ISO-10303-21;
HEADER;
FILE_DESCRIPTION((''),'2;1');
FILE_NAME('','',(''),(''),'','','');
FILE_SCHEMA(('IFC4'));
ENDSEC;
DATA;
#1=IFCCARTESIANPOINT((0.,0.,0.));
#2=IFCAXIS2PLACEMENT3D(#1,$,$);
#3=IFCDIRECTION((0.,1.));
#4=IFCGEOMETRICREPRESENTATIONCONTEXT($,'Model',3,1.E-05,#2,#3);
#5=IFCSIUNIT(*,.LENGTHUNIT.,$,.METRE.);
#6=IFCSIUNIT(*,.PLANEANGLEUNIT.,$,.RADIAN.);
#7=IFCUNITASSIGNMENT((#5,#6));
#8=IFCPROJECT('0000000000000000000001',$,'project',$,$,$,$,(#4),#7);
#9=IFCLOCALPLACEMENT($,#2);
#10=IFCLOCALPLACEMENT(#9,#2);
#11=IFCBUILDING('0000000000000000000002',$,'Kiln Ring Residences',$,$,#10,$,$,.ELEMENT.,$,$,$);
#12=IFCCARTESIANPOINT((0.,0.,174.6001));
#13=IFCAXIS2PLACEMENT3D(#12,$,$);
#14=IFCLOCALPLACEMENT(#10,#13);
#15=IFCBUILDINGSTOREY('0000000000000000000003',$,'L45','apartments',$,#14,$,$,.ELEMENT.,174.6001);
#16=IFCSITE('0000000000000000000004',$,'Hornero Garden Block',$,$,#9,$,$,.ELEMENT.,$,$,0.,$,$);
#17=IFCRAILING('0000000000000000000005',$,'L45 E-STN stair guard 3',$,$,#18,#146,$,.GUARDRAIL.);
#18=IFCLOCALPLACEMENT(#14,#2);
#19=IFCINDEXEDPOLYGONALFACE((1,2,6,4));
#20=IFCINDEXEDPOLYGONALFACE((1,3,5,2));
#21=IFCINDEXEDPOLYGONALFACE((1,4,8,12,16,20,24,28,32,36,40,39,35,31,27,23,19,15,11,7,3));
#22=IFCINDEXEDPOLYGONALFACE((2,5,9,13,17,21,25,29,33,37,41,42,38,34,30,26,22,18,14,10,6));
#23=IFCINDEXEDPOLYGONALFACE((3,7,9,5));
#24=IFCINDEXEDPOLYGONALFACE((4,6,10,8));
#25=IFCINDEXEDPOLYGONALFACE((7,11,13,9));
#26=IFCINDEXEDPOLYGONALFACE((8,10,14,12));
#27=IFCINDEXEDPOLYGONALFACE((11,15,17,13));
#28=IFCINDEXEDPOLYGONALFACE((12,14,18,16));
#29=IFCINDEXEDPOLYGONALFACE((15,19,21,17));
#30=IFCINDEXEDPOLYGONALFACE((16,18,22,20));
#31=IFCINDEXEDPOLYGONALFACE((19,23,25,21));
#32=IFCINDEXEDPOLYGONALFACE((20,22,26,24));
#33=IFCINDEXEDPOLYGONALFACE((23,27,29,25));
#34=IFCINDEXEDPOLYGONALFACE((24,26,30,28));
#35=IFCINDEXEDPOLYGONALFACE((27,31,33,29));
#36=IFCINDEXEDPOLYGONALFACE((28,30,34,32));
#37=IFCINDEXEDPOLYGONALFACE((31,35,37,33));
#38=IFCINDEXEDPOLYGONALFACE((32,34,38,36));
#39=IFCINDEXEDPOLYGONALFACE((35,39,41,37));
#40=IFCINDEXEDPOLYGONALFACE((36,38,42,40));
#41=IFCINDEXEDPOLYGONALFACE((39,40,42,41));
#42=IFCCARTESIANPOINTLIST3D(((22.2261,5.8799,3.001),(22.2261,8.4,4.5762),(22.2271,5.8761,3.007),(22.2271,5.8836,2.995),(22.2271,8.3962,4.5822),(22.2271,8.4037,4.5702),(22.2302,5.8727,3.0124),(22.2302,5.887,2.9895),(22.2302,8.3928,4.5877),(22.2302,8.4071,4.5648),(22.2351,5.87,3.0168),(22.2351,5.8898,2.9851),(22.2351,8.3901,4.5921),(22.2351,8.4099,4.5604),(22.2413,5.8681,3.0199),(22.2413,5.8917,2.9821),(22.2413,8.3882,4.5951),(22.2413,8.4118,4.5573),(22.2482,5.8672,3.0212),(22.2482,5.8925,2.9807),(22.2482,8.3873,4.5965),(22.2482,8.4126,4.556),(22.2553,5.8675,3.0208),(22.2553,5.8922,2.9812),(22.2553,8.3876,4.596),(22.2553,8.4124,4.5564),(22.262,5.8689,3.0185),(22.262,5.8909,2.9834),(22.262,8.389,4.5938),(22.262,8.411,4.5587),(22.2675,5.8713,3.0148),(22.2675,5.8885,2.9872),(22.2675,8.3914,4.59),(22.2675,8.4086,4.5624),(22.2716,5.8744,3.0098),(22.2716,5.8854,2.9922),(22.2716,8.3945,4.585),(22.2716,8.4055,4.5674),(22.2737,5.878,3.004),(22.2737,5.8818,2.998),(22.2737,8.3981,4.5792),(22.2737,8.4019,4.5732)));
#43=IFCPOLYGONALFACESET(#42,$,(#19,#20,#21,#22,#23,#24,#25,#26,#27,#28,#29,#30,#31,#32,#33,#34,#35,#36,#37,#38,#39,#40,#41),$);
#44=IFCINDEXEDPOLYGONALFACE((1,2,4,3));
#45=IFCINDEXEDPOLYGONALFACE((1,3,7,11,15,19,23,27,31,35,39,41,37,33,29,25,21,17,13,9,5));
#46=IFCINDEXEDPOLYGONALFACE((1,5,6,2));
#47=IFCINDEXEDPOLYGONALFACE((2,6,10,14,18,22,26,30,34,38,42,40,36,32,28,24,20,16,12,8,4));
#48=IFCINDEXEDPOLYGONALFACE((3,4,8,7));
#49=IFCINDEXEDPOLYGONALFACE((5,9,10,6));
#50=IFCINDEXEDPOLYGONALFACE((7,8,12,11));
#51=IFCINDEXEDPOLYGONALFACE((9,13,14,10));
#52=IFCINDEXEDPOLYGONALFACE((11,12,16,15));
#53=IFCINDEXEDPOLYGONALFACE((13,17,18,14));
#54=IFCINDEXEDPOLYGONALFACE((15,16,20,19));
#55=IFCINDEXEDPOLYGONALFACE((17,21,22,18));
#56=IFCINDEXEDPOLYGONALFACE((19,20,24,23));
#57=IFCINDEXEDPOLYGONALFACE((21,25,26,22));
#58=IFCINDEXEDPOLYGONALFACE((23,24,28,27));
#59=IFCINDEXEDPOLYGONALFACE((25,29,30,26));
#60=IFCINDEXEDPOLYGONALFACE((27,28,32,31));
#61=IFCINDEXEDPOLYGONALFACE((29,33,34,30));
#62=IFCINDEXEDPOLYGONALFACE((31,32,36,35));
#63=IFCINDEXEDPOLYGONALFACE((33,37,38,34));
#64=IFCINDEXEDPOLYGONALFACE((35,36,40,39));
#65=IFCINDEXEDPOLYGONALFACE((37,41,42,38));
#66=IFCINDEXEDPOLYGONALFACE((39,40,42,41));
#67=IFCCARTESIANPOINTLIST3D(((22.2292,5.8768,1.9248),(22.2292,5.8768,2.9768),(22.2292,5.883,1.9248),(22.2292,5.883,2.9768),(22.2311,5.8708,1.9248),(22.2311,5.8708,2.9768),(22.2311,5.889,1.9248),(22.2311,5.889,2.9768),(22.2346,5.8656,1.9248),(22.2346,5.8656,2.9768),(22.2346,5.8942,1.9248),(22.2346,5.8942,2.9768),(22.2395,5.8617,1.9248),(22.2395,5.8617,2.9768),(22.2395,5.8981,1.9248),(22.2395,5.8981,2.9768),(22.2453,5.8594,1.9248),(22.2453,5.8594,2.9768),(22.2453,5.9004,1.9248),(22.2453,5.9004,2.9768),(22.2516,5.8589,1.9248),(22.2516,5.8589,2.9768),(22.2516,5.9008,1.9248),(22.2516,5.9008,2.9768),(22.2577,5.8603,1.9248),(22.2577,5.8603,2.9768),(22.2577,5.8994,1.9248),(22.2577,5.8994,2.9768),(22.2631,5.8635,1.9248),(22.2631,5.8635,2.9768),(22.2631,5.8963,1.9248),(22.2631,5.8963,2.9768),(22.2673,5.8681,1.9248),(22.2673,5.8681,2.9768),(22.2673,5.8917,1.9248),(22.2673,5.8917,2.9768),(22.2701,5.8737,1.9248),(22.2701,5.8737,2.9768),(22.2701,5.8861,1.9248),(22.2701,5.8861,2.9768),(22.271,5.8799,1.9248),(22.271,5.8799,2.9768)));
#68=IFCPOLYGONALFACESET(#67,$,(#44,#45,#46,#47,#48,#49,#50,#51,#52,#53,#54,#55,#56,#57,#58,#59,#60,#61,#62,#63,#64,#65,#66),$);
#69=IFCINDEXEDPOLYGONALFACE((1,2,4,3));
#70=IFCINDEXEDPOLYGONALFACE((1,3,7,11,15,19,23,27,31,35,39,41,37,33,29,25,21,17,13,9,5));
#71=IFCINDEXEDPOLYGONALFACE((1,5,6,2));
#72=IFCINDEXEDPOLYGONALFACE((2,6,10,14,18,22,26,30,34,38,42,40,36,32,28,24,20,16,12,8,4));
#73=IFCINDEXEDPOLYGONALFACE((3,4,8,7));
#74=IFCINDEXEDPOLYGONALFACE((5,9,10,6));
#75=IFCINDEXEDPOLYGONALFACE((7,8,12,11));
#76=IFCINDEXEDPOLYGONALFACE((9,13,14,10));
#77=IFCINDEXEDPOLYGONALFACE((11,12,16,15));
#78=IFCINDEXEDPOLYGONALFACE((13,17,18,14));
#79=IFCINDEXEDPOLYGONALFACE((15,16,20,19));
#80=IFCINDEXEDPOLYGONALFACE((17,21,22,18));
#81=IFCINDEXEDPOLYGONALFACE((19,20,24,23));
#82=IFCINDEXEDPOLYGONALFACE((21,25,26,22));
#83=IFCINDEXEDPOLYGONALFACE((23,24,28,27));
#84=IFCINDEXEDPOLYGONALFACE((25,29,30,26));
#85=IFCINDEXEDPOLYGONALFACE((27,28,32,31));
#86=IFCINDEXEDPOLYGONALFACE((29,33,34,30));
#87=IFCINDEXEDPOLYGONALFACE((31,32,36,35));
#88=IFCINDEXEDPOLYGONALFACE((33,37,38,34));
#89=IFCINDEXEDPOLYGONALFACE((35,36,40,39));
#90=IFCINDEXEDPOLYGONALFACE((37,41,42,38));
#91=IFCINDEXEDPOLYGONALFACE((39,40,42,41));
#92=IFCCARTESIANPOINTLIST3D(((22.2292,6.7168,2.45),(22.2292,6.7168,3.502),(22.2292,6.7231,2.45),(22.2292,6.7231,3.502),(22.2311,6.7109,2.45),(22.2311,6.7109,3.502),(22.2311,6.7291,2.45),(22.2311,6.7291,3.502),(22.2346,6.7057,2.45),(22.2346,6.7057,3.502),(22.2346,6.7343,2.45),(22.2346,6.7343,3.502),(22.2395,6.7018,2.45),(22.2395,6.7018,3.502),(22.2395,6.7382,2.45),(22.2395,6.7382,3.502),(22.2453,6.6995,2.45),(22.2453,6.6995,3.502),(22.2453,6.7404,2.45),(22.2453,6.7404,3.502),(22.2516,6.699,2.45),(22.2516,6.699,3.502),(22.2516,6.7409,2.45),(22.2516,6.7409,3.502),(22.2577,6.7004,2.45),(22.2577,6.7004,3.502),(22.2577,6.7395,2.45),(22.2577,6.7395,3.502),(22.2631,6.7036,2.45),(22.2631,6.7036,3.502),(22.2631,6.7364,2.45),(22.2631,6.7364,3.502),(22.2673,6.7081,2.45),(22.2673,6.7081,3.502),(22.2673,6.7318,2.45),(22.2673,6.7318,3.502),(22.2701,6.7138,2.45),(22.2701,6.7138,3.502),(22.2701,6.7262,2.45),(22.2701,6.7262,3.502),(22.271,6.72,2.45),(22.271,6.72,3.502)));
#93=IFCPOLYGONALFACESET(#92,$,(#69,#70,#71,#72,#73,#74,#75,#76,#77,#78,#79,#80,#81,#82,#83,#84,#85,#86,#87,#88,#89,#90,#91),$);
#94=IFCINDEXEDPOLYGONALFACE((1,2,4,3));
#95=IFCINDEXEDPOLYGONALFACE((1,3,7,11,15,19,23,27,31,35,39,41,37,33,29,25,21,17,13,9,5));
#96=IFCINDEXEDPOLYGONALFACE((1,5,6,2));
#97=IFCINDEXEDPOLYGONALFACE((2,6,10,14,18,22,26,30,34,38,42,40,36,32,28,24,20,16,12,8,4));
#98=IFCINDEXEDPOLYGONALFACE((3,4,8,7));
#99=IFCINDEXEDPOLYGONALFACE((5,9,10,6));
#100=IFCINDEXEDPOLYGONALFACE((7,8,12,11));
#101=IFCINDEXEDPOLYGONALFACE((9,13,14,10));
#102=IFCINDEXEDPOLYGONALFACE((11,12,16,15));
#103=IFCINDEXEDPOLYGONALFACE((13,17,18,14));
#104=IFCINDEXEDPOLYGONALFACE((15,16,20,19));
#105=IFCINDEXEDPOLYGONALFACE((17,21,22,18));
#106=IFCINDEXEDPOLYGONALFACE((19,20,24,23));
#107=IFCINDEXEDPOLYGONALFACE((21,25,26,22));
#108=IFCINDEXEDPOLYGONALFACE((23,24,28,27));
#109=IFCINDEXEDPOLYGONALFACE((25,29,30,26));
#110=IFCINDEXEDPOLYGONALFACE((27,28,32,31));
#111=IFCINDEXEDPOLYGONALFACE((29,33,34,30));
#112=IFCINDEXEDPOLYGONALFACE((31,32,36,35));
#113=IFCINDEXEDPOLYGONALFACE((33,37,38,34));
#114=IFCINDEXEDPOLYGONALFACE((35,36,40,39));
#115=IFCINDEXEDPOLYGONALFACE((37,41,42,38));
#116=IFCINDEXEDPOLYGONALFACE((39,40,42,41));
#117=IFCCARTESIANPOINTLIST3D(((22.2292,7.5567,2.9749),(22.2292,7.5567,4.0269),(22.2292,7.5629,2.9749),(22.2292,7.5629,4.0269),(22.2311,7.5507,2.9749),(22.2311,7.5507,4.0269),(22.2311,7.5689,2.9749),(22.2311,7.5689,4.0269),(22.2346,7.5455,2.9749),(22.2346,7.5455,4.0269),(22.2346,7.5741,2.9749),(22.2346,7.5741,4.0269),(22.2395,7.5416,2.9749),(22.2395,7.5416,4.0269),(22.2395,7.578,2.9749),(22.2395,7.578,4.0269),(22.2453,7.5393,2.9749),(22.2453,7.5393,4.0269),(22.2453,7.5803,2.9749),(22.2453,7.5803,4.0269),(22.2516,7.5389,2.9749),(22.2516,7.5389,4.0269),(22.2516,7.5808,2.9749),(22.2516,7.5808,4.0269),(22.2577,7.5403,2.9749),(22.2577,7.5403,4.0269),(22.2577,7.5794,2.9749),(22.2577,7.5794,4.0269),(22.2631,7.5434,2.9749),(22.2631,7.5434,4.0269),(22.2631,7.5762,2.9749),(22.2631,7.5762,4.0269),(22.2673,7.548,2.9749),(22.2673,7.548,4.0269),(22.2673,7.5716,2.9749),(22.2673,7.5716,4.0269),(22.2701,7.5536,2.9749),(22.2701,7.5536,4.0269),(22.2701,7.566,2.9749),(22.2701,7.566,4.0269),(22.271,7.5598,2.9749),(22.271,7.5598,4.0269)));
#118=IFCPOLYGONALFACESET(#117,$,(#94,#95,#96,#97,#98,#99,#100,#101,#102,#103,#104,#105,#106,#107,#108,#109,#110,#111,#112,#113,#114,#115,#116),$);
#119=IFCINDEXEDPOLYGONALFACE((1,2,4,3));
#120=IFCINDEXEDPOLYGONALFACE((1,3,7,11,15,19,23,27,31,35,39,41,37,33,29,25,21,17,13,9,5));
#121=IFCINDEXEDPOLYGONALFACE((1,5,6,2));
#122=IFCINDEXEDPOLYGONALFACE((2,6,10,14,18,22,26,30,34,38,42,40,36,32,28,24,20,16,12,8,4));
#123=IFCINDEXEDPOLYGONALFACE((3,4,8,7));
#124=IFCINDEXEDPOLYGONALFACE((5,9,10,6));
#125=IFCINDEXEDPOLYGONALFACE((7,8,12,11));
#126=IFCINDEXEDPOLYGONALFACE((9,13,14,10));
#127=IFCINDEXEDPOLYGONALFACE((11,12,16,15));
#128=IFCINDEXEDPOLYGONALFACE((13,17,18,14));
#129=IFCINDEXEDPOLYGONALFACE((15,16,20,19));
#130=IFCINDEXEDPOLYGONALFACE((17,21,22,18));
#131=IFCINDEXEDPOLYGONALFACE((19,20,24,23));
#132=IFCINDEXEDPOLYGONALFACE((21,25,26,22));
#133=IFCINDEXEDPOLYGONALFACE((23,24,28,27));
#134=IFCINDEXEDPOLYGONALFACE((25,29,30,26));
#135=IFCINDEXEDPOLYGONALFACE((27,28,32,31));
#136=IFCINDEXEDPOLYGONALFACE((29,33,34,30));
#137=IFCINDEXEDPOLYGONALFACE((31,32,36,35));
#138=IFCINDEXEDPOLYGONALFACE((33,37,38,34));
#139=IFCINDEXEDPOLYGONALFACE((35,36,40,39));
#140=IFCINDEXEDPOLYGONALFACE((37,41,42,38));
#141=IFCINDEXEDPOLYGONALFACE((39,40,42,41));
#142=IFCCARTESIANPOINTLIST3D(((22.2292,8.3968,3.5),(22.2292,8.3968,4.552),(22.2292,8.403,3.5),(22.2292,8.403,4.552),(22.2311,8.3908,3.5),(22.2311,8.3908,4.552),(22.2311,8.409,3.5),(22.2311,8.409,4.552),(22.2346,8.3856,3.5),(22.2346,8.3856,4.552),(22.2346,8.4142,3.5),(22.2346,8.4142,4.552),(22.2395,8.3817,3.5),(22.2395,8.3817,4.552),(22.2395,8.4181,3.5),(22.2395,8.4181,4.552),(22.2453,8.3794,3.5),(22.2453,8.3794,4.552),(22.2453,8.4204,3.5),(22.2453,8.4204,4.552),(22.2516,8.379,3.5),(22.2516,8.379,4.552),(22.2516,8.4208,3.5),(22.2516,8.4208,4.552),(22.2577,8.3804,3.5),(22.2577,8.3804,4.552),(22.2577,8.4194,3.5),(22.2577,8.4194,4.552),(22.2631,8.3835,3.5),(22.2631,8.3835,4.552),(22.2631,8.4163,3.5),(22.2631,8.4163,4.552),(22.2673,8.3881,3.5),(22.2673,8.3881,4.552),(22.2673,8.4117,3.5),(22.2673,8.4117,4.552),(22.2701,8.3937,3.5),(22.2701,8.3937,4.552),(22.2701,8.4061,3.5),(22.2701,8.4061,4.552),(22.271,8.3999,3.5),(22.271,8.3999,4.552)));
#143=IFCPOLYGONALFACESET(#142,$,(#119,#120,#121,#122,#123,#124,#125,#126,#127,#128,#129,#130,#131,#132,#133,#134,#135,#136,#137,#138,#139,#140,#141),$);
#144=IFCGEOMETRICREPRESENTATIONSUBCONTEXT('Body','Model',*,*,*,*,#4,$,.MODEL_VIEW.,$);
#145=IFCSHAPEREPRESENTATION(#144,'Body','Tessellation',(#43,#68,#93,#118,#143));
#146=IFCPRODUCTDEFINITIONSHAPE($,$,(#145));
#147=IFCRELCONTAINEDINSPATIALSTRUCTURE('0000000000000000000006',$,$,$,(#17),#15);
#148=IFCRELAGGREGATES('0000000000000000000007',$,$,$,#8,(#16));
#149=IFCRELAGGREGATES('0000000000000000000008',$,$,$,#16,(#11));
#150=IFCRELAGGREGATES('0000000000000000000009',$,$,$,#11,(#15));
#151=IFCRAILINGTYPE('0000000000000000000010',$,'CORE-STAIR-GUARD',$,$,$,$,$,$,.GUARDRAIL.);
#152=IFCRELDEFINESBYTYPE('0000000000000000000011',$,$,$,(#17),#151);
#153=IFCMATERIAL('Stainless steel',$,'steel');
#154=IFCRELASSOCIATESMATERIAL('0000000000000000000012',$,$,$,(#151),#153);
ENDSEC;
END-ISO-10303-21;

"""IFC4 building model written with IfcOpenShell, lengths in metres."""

from ifc_helpers import new_model, si_unit, direction, frame, origin, origin_2d, place, context, subcontext, project, spatial, circle, extrude, material, type_object, element, save


model = new_model("IFC4")

# Units and contexts
model_context = context("Model", 3, precision=1e-05, world=origin(), true_north=direction((0.0, 1.0)))
body_context = subcontext(model_context, "Body", "Model", "MODEL_VIEW")
ifc_project = project(units=[si_unit("LENGTHUNIT", "METRE"), si_unit("PLANEANGLEUNIT", "RADIAN")], contexts=[model_context])

# Site, building, storey
site_placement = place(None, origin())
site = spatial("IfcSite", under=ifc_project, at=site_placement, Name="Hornero Garden Block", CompositionType="ELEMENT", RefElevation=0.0)
building_placement = place(site_placement, origin())
building = spatial("IfcBuilding", under=site, at=building_placement, Name="Kiln Ring Residences", CompositionType="ELEMENT")
storey_placement = place(building_placement, frame((0.0, 0.0, 174.6001)))
storey = spatial("IfcBuildingStorey", under=building, at=storey_placement, Name="L45", Description="apartments", CompositionType="ELEMENT", Elevation=174.6001)

# Railing
ifc_material_1 = material(Name="Stainless steel", Category="steel")
railing_type_1 = type_object("IfcRailingType", Name="CORE-STAIR-GUARD", PredefinedType="GUARDRAIL", material=ifc_material_1)
railing_1_placement = place(storey_placement, frame((22.25, 5.8799, 1.9248)))
element("IfcRailing", 1, at=railing_1_placement, inside=storey, type_object=railing_type_1, Name="L45 E-STN stair guard 3", PredefinedType="GUARDRAIL", context=body_context, shape_type="SweptSolid", body=[
    extrude(circle(Radius=0.0239, at=origin_2d()), frame((0.0, 0.0, 1.0762), z_axis=(0.0, 0.847971, 0.530043), x_axis=(-1.0, 0.0, 0.0)), (0.0, 0.0, 1.0), 2.9719),
    extrude(circle(Radius=0.021, at=origin_2d()), origin(), (0.0, 0.0, 1.0), 1.052),
    extrude(circle(Radius=0.021, at=origin_2d()), frame((0.0, 0.8401, 0.5251)), (0.0, 0.0, 1.0), 1.052),
    extrude(circle(Radius=0.021, at=origin_2d()), frame((0.0, 1.6799, 1.05)), (0.0, 0.0, 1.0), 1.052),
    extrude(circle(Radius=0.021, at=origin_2d()), frame((0.0, 2.52, 1.5752)), (0.0, 0.0, 1.0), 1.052),
])

save(model, "model.ifc")
